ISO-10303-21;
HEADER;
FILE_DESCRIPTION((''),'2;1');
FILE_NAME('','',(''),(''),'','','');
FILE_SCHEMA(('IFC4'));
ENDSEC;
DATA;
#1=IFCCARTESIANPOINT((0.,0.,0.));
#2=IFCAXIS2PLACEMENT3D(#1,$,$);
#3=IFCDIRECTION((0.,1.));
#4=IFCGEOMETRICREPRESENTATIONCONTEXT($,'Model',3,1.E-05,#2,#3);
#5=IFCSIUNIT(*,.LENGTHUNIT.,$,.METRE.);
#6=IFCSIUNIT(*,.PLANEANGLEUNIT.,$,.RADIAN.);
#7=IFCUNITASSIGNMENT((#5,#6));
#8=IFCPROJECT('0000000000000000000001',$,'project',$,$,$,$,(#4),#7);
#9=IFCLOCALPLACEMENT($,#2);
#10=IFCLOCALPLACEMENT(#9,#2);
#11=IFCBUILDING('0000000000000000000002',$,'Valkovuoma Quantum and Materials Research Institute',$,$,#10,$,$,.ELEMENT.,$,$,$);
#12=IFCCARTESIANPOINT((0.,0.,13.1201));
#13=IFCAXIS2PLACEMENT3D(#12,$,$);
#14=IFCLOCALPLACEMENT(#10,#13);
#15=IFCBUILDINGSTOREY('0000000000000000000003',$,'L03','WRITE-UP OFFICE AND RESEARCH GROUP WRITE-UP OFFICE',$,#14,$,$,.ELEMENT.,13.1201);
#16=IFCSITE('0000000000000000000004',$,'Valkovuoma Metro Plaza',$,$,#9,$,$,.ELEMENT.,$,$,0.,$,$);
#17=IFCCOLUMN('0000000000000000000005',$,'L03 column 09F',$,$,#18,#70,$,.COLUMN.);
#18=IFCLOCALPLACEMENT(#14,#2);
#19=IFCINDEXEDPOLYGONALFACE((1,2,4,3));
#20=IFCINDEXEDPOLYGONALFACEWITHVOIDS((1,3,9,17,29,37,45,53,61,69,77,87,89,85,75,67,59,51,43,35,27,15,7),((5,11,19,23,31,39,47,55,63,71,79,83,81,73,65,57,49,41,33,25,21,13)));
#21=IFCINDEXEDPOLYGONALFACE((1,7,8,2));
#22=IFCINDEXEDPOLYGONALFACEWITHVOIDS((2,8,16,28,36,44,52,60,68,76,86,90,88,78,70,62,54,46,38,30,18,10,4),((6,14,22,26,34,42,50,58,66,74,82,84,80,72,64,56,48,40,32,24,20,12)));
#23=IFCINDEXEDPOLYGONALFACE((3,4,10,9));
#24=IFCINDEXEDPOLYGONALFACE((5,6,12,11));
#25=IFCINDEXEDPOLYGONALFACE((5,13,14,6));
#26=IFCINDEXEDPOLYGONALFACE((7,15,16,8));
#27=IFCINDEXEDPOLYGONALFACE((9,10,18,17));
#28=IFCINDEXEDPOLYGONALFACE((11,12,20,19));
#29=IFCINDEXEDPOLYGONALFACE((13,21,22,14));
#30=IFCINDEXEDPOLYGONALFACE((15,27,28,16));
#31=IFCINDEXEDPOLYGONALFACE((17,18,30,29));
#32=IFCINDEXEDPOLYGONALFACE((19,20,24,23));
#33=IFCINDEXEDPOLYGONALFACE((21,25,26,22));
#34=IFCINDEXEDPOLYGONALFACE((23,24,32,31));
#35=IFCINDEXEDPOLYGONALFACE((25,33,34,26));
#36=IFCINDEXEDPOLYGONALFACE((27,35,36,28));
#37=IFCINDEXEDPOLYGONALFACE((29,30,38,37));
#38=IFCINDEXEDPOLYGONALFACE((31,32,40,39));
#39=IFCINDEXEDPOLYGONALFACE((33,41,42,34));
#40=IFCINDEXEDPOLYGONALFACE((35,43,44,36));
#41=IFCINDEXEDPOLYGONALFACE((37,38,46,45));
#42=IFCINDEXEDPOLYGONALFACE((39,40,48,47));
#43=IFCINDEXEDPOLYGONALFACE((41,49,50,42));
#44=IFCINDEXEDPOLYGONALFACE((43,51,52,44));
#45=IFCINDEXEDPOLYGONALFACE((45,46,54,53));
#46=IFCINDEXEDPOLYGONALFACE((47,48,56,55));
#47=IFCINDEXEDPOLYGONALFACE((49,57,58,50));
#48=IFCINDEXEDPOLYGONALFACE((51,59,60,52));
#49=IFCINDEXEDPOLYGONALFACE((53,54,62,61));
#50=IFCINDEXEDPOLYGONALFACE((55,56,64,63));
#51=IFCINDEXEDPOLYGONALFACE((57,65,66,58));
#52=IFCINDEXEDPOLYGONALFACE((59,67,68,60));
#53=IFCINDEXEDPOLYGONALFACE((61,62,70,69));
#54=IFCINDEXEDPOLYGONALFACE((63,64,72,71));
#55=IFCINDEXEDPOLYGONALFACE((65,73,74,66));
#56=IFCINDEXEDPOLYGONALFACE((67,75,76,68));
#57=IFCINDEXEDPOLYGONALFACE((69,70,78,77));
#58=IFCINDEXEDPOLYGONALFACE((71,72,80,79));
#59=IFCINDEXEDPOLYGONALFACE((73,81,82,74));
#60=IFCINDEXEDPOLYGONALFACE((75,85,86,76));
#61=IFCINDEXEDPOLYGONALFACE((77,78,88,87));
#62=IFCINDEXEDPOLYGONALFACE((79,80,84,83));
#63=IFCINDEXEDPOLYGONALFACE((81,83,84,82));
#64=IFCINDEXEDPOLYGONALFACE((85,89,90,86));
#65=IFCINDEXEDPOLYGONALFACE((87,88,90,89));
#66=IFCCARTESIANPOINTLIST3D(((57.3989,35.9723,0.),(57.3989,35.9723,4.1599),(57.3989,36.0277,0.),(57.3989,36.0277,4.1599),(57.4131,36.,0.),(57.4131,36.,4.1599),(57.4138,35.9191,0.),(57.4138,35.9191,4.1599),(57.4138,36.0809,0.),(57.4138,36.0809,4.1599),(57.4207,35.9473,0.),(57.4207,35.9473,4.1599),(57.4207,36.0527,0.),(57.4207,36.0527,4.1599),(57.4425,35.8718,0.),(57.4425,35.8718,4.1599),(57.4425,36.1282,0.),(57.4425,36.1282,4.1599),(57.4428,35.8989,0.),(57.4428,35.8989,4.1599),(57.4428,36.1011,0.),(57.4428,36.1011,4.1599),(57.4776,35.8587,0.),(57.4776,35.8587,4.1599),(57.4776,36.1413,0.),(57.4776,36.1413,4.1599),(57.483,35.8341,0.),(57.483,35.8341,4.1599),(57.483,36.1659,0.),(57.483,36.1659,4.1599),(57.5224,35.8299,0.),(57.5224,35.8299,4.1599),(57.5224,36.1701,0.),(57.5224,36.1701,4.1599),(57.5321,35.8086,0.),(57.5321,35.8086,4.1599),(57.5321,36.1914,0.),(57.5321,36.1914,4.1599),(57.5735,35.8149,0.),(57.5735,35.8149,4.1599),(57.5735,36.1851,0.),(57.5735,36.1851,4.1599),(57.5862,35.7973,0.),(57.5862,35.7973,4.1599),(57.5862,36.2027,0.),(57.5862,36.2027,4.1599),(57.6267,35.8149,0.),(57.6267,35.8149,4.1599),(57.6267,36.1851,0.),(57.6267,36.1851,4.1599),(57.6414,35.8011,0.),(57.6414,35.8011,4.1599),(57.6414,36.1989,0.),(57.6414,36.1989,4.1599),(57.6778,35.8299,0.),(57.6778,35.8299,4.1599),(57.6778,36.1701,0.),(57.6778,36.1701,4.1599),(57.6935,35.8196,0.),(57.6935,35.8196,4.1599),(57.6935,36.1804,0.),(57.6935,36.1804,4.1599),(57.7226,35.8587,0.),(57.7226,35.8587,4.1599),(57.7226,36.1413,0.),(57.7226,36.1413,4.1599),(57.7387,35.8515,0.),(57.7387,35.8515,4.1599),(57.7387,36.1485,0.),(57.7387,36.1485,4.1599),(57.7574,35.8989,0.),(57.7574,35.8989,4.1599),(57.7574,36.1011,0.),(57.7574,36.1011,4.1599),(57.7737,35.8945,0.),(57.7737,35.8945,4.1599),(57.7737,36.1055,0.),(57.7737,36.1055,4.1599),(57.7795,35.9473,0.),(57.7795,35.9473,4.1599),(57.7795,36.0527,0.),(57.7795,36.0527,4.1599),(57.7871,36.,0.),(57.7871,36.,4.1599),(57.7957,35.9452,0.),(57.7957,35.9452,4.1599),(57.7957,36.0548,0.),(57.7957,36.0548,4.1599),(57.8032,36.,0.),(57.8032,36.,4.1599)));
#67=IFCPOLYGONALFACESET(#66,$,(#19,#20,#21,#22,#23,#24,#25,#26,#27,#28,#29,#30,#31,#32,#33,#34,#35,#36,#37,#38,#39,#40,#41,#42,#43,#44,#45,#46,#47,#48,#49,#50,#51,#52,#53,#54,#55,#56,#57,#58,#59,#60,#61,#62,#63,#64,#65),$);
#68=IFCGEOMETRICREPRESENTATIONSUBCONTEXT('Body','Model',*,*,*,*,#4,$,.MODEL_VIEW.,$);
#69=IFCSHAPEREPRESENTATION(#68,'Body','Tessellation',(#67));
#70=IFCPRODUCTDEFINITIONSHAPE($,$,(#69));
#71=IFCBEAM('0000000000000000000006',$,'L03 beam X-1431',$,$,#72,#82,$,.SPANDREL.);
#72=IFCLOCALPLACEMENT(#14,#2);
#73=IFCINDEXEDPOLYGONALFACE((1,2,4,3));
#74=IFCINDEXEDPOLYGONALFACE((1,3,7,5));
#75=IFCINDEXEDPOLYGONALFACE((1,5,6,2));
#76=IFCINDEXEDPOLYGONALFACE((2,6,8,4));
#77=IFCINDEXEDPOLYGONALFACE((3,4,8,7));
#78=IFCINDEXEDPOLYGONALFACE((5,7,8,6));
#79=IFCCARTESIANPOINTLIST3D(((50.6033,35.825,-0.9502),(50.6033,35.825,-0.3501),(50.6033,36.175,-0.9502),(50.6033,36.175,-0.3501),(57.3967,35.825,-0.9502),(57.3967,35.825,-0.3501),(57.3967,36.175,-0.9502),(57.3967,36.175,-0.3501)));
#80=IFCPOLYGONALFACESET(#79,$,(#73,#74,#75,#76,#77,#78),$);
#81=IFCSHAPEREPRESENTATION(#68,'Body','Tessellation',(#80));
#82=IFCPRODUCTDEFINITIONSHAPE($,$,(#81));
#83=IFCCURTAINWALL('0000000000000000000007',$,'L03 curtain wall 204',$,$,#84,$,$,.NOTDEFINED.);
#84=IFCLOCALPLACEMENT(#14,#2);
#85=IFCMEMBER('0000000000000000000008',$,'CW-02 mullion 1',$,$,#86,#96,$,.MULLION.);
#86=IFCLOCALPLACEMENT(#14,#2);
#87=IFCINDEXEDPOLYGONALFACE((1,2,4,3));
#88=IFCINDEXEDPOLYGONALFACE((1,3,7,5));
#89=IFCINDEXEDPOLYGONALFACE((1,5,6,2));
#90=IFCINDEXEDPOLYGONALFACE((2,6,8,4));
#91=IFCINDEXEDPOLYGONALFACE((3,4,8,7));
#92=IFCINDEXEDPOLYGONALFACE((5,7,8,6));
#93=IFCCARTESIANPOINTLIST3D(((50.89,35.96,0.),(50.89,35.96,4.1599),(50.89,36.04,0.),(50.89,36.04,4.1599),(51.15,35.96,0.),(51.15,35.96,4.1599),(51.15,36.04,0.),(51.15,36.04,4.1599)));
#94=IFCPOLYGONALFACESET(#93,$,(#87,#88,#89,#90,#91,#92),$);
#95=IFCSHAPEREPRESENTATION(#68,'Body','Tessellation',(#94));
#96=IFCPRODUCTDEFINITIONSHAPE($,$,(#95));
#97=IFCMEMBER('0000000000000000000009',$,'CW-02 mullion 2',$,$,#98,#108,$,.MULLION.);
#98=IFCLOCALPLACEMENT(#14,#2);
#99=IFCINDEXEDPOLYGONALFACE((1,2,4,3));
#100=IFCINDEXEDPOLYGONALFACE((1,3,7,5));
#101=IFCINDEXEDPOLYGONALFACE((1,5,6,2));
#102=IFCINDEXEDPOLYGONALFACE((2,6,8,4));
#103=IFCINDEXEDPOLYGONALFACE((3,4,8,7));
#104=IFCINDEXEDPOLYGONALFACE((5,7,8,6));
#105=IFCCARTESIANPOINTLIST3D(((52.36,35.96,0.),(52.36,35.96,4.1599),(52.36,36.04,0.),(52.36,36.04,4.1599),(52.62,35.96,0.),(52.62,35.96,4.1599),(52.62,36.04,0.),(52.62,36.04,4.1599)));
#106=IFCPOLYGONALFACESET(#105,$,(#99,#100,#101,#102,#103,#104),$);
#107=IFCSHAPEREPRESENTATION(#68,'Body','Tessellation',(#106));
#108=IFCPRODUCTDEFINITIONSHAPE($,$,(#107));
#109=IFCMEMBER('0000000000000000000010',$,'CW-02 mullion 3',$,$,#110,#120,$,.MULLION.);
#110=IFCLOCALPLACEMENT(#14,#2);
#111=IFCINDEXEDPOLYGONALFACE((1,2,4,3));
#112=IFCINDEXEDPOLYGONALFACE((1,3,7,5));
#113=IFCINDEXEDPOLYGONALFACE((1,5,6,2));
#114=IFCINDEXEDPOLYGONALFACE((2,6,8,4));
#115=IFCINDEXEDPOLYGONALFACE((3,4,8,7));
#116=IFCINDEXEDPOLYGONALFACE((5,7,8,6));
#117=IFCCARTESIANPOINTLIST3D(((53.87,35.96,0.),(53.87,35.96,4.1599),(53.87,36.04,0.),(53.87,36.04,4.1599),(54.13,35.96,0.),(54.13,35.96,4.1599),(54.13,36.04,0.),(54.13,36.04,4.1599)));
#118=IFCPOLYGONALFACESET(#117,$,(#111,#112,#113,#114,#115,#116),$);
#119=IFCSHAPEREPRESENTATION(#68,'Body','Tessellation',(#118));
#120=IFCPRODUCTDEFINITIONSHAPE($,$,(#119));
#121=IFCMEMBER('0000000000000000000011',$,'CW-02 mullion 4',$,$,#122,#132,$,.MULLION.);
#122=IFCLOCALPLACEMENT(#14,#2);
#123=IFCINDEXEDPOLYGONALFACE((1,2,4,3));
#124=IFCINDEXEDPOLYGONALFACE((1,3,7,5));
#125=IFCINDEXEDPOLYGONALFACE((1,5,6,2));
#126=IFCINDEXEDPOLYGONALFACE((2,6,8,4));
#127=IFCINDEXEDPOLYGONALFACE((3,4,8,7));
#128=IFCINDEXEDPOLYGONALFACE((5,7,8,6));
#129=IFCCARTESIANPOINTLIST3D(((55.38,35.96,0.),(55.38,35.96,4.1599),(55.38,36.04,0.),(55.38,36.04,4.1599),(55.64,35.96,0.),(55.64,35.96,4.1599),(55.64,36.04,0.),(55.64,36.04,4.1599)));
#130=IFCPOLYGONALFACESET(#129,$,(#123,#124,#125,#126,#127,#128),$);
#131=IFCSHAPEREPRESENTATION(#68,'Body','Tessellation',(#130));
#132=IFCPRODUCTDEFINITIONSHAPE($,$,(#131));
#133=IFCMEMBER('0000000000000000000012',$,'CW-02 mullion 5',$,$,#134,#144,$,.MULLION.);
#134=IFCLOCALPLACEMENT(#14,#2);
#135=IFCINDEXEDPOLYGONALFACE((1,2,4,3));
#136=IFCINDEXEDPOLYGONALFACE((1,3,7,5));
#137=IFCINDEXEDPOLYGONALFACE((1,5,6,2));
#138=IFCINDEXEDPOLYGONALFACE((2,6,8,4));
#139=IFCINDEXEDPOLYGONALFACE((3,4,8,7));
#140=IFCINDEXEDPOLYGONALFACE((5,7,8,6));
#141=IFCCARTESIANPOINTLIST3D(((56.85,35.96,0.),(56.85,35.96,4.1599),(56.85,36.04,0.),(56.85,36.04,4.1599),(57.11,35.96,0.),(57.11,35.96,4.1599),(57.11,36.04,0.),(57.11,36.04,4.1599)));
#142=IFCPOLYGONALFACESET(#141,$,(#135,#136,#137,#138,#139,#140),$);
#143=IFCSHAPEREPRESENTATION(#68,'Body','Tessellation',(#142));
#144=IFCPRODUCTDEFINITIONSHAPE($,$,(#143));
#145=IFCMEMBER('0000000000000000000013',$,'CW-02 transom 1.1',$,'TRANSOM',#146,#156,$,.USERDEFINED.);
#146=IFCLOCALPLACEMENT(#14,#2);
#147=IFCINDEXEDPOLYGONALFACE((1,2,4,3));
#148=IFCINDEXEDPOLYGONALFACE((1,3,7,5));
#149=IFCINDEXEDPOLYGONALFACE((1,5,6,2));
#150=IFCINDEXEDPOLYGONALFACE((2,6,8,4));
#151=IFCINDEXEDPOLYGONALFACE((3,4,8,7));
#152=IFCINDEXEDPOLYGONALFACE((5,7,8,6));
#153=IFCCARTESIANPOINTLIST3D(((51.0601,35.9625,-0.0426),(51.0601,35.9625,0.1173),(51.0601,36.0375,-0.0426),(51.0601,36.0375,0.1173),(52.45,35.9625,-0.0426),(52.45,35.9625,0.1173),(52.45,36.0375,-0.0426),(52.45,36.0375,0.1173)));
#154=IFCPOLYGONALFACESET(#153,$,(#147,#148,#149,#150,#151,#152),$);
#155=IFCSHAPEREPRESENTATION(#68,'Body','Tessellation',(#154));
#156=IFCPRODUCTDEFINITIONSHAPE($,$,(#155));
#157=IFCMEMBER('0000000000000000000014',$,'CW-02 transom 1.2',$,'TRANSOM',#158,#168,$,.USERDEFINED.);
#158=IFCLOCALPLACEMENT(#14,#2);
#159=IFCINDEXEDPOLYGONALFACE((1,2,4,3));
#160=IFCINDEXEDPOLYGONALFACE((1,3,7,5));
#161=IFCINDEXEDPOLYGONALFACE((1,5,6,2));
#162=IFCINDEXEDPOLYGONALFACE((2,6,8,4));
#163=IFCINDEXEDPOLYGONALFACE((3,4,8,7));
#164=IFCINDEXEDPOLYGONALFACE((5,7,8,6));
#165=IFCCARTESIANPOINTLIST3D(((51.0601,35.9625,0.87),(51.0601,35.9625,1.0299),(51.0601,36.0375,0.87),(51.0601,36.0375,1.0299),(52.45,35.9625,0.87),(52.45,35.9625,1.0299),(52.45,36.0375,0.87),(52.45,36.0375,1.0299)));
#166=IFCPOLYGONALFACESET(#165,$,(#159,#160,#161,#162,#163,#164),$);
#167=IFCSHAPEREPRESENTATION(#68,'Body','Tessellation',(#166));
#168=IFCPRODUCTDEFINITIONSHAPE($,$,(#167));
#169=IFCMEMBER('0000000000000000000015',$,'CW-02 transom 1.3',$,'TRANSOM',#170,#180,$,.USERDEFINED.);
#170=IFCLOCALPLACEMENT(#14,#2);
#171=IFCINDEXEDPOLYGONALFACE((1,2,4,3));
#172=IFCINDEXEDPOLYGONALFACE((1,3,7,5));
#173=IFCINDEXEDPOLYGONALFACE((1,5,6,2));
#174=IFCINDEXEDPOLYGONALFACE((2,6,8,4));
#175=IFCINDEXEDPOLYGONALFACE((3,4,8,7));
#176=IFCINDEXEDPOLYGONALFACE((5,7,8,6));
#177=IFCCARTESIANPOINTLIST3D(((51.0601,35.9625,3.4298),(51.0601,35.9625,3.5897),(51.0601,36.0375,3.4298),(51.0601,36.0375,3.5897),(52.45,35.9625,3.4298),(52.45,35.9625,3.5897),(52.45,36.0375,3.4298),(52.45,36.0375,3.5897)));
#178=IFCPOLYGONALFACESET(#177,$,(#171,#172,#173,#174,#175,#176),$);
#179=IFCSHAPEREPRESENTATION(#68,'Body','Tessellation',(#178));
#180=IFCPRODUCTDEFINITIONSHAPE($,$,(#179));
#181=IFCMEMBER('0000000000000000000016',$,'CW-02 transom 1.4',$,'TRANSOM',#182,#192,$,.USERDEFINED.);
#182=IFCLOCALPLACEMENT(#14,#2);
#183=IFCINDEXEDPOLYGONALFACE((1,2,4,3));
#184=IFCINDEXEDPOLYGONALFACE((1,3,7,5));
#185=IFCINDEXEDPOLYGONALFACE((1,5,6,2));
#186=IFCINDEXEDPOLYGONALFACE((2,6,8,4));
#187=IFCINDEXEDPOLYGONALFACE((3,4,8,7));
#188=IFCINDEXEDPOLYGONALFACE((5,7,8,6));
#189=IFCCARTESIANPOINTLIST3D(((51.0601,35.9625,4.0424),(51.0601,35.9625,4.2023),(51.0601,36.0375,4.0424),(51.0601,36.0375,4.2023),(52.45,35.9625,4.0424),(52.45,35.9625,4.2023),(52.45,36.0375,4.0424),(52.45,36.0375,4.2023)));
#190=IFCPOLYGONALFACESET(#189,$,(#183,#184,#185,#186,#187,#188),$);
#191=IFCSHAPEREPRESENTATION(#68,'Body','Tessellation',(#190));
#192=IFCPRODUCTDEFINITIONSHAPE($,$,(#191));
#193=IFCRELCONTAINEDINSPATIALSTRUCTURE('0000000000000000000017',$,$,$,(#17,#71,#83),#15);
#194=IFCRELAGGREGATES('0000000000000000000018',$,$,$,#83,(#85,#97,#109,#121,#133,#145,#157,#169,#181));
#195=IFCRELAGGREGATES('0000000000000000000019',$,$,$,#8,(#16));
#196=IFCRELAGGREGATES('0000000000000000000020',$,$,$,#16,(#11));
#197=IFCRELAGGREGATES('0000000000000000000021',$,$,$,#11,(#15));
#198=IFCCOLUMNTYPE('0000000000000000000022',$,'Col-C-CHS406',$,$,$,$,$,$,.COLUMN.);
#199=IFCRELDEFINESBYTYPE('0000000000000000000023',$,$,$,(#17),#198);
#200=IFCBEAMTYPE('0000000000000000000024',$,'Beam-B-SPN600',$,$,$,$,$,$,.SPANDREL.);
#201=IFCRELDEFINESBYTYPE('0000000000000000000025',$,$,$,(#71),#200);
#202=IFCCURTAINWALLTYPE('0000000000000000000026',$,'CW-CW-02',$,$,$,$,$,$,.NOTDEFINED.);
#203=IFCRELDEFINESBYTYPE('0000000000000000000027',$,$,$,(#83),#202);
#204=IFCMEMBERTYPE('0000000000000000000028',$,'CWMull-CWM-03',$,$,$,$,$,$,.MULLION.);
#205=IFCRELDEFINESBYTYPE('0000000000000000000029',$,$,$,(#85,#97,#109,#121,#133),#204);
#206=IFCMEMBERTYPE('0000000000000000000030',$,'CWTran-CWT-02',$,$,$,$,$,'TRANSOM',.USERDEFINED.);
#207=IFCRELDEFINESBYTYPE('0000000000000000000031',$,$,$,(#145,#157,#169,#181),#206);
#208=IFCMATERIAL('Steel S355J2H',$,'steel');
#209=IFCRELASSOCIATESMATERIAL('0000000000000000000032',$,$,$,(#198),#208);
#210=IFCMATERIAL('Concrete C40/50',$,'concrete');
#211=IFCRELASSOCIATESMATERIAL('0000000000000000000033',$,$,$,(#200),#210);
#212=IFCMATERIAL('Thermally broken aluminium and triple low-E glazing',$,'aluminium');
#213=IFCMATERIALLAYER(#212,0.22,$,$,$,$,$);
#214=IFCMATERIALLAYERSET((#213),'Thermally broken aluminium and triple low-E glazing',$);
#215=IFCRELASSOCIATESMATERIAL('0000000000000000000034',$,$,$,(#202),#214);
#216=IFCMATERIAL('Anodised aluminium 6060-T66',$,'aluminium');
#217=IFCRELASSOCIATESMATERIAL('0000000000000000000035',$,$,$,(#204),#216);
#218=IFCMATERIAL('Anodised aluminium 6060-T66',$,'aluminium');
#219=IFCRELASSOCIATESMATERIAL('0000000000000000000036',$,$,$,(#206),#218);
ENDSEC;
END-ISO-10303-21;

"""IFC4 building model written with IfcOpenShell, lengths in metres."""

from ifc_helpers import new_model, si_unit, direction, frame, origin, origin_2d, place, context, subcontext, project, spatial, rectangle, hollow_circle, extrude, material, layer, layer_set, material_profile, profile_set, type_object, element, aggregate, save


model = new_model("IFC4")

# Units and contexts
model_context = context("Model", 3, precision=1e-05, world=origin(), true_north=direction((0.0, 1.0)))
body_context = subcontext(model_context, "Body", "Model", "MODEL_VIEW")
ifc_project = project(units=[si_unit("LENGTHUNIT", "METRE"), si_unit("PLANEANGLEUNIT", "RADIAN")], contexts=[model_context])

# Site, building, storey
site_placement = place(None, origin())
site = spatial("IfcSite", under=ifc_project, at=site_placement, Name="Valkovuoma Metro Plaza", CompositionType="ELEMENT", RefElevation=0.0)
building_placement = place(site_placement, origin())
building = spatial("IfcBuilding", under=site, at=building_placement, Name="Valkovuoma Quantum and Materials Research Institute", CompositionType="ELEMENT")
storey_placement = place(building_placement, frame((0.0, 0.0, 13.1201)))
storey = spatial("IfcBuildingStorey", under=building, at=storey_placement, Name="L03", Description="WRITE-UP OFFICE AND RESEARCH GROUP WRITE-UP OFFICE", CompositionType="ELEMENT", Elevation=13.1201)

# Column
ifc_material_1 = material(Name="Steel S355J2H", Category="steel")
ifc_material_profile_1 = material_profile(ifc_material_1, hollow_circle(Radius=0.2031, WallThickness=0.0161, at=origin_2d()), Name="Steel S355J2H")
ifc_profile_set_1 = profile_set([ifc_material_profile_1], Name="Steel S355J2H")
column_type = type_object("IfcColumnType", Name="Col-C-CHS406", PredefinedType="COLUMN", material=ifc_profile_set_1)
column_placement = place(storey_placement, frame((57.6001, 36.0, 0.0), z_axis=(0.0, 0.0, 1.0), x_axis=(1.0, 0.0, 0.0)))
element("IfcColumn", 1, at=column_placement, inside=storey, type_object=column_type, Name="L03 column 09F", PredefinedType="COLUMN", context=body_context, shape_type="SweptSolid", body=[
    extrude(hollow_circle(Radius=0.2031, WallThickness=0.0161, at=origin_2d()), origin(), (0.0, 0.0, 1.0), 4.1599),
])

# Beam
ifc_material_2 = material(Name="Concrete C40/50", Category="concrete")
ifc_material_profile_2 = material_profile(ifc_material_2, rectangle(XDim=0.3501, YDim=0.6001, at=origin_2d()), Name="Concrete C40/50")
ifc_profile_set_2 = profile_set([ifc_material_profile_2], Name="Concrete C40/50")
beam_type = type_object("IfcBeamType", Name="Beam-B-SPN600", PredefinedType="SPANDREL", material=ifc_profile_set_2)
beam_placement = place(storey_placement, frame((50.6033, 36.0, -0.6501), z_axis=(1.0, 0.0, 0.0), x_axis=(0.0, 1.0, 0.0)))
element("IfcBeam", 2, at=beam_placement, inside=storey, type_object=beam_type, Name="L03 beam X-1431", PredefinedType="SPANDREL", context=body_context, shape_type="SweptSolid", body=[
    extrude(rectangle(XDim=0.3501, YDim=0.6001, at=origin_2d()), origin(), (0.0, 0.0, 1.0), 6.7935),
])

# Curtain wall, members
ifc_material_3 = material(Name="Thermally broken aluminium and triple low-E glazing", Category="aluminium")
ifc_layer_1 = layer(ifc_material_3, 0.22)
ifc_layer_set_1 = layer_set([ifc_layer_1], Name="Thermally broken aluminium and triple low-E glazing")
curtain_wall_type = type_object("IfcCurtainWallType", Name="CW-CW-02", PredefinedType="NOTDEFINED", material=ifc_layer_set_1)
curtain_wall_placement = place(storey_placement, origin())
curtain_wall = element("IfcCurtainWall", 3, at=curtain_wall_placement, inside=storey, type_object=curtain_wall_type, Name="L03 curtain wall 204", PredefinedType="NOTDEFINED")
ifc_material_4 = material(Name="Anodised aluminium 6060-T66", Category="aluminium")
ifc_material_profile_3 = material_profile(ifc_material_4, rectangle(XDim=0.0801, YDim=0.26, at=origin_2d()), Name="Anodised aluminium 6060-T66")
ifc_profile_set_3 = profile_set([ifc_material_profile_3], Name="Anodised aluminium 6060-T66")
member_type_1 = type_object("IfcMemberType", Name="CWMull-CWM-03", PredefinedType="MULLION", material=ifc_profile_set_3)
member_1_placement = place(storey_placement, frame((51.02, 36.0, 0.0), z_axis=(0.0, 0.0, 1.0), x_axis=(0.0, 1.0, 0.0)))
member_1 = element("IfcMember", 4, at=member_1_placement, type_object=member_type_1, Name="CW-02 mullion 1", PredefinedType="MULLION", context=body_context, shape_type="SweptSolid", body=[
    extrude(rectangle(XDim=0.0801, YDim=0.26, at=origin_2d()), origin(), (0.0, 0.0, 1.0), 4.1599),
])
member_2_placement = place(storey_placement, frame((52.49, 36.0, 0.0), z_axis=(0.0, 0.0, 1.0), x_axis=(0.0, 1.0, 0.0)))
member_2 = element("IfcMember", 5, at=member_2_placement, type_object=member_type_1, Name="CW-02 mullion 2", PredefinedType="MULLION", context=body_context, shape_type="SweptSolid", body=[
    extrude(rectangle(XDim=0.0801, YDim=0.26, at=origin_2d()), origin(), (0.0, 0.0, 1.0), 4.1599),
])
member_3_placement = place(storey_placement, frame((54.0, 36.0, 0.0), z_axis=(0.0, 0.0, 1.0), x_axis=(0.0, 1.0, 0.0)))
member_3 = element("IfcMember", 6, at=member_3_placement, type_object=member_type_1, Name="CW-02 mullion 3", PredefinedType="MULLION", context=body_context, shape_type="SweptSolid", body=[
    extrude(rectangle(XDim=0.0801, YDim=0.26, at=origin_2d()), origin(), (0.0, 0.0, 1.0), 4.1599),
])
member_4_placement = place(storey_placement, frame((55.51, 36.0, 0.0), z_axis=(0.0, 0.0, 1.0), x_axis=(0.0, 1.0, 0.0)))
member_4 = element("IfcMember", 7, at=member_4_placement, type_object=member_type_1, Name="CW-02 mullion 4", PredefinedType="MULLION", context=body_context, shape_type="SweptSolid", body=[
    extrude(rectangle(XDim=0.0801, YDim=0.26, at=origin_2d()), origin(), (0.0, 0.0, 1.0), 4.1599),
])
member_5_placement = place(storey_placement, frame((56.98, 36.0, 0.0), z_axis=(0.0, 0.0, 1.0), x_axis=(0.0, 1.0, 0.0)))
member_5 = element("IfcMember", 8, at=member_5_placement, type_object=member_type_1, Name="CW-02 mullion 5", PredefinedType="MULLION", context=body_context, shape_type="SweptSolid", body=[
    extrude(rectangle(XDim=0.0801, YDim=0.26, at=origin_2d()), origin(), (0.0, 0.0, 1.0), 4.1599),
])
ifc_material_5 = material(Name="Anodised aluminium 6060-T66", Category="aluminium")
ifc_material_profile_4 = material_profile(ifc_material_5, rectangle(XDim=0.075, YDim=0.1599, at=origin_2d()), Name="Anodised aluminium 6060-T66")
ifc_profile_set_4 = profile_set([ifc_material_profile_4], Name="Anodised aluminium 6060-T66")
member_type_2 = type_object("IfcMemberType", Name="CWTran-CWT-02", ElementType="TRANSOM", PredefinedType="USERDEFINED", material=ifc_profile_set_4)
member_6_placement = place(storey_placement, frame((51.0601, 36.0, 0.0374), z_axis=(1.0, 0.0, 0.0), x_axis=(0.0, 1.0, 0.0)))
member_6 = element("IfcMember", 9, at=member_6_placement, type_object=member_type_2, Name="CW-02 transom 1.1", ObjectType="TRANSOM", PredefinedType="USERDEFINED", context=body_context, shape_type="SweptSolid", body=[
    extrude(rectangle(XDim=0.075, YDim=0.1599, at=origin_2d()), origin(), (0.0, 0.0, 1.0), 1.3899),
])
member_7_placement = place(storey_placement, frame((51.0601, 36.0, 0.95), z_axis=(1.0, 0.0, 0.0), x_axis=(0.0, 1.0, 0.0)))
member_7 = element("IfcMember", 10, at=member_7_placement, type_object=member_type_2, Name="CW-02 transom 1.2", ObjectType="TRANSOM", PredefinedType="USERDEFINED", context=body_context, shape_type="SweptSolid", body=[
    extrude(rectangle(XDim=0.075, YDim=0.1599, at=origin_2d()), origin(), (0.0, 0.0, 1.0), 1.3899),
])
member_8_placement = place(storey_placement, frame((51.0601, 36.0, 3.5098), z_axis=(1.0, 0.0, 0.0), x_axis=(0.0, 1.0, 0.0)))
member_8 = element("IfcMember", 11, at=member_8_placement, type_object=member_type_2, Name="CW-02 transom 1.3", ObjectType="TRANSOM", PredefinedType="USERDEFINED", context=body_context, shape_type="SweptSolid", body=[
    extrude(rectangle(XDim=0.075, YDim=0.1599, at=origin_2d()), origin(), (0.0, 0.0, 1.0), 1.3899),
])
member_9_placement = place(storey_placement, frame((51.0601, 36.0, 4.1223), z_axis=(1.0, 0.0, 0.0), x_axis=(0.0, 1.0, 0.0)))
member_9 = element("IfcMember", 12, at=member_9_placement, type_object=member_type_2, Name="CW-02 transom 1.4", ObjectType="TRANSOM", PredefinedType="USERDEFINED", context=body_context, shape_type="SweptSolid", body=[
    extrude(rectangle(XDim=0.075, YDim=0.1599, at=origin_2d()), origin(), (0.0, 0.0, 1.0), 1.3899),
])

aggregate(curtain_wall, [member_1, member_2, member_3, member_4, member_5, member_6, member_7, member_8, member_9])

save(model, "model.ifc")
